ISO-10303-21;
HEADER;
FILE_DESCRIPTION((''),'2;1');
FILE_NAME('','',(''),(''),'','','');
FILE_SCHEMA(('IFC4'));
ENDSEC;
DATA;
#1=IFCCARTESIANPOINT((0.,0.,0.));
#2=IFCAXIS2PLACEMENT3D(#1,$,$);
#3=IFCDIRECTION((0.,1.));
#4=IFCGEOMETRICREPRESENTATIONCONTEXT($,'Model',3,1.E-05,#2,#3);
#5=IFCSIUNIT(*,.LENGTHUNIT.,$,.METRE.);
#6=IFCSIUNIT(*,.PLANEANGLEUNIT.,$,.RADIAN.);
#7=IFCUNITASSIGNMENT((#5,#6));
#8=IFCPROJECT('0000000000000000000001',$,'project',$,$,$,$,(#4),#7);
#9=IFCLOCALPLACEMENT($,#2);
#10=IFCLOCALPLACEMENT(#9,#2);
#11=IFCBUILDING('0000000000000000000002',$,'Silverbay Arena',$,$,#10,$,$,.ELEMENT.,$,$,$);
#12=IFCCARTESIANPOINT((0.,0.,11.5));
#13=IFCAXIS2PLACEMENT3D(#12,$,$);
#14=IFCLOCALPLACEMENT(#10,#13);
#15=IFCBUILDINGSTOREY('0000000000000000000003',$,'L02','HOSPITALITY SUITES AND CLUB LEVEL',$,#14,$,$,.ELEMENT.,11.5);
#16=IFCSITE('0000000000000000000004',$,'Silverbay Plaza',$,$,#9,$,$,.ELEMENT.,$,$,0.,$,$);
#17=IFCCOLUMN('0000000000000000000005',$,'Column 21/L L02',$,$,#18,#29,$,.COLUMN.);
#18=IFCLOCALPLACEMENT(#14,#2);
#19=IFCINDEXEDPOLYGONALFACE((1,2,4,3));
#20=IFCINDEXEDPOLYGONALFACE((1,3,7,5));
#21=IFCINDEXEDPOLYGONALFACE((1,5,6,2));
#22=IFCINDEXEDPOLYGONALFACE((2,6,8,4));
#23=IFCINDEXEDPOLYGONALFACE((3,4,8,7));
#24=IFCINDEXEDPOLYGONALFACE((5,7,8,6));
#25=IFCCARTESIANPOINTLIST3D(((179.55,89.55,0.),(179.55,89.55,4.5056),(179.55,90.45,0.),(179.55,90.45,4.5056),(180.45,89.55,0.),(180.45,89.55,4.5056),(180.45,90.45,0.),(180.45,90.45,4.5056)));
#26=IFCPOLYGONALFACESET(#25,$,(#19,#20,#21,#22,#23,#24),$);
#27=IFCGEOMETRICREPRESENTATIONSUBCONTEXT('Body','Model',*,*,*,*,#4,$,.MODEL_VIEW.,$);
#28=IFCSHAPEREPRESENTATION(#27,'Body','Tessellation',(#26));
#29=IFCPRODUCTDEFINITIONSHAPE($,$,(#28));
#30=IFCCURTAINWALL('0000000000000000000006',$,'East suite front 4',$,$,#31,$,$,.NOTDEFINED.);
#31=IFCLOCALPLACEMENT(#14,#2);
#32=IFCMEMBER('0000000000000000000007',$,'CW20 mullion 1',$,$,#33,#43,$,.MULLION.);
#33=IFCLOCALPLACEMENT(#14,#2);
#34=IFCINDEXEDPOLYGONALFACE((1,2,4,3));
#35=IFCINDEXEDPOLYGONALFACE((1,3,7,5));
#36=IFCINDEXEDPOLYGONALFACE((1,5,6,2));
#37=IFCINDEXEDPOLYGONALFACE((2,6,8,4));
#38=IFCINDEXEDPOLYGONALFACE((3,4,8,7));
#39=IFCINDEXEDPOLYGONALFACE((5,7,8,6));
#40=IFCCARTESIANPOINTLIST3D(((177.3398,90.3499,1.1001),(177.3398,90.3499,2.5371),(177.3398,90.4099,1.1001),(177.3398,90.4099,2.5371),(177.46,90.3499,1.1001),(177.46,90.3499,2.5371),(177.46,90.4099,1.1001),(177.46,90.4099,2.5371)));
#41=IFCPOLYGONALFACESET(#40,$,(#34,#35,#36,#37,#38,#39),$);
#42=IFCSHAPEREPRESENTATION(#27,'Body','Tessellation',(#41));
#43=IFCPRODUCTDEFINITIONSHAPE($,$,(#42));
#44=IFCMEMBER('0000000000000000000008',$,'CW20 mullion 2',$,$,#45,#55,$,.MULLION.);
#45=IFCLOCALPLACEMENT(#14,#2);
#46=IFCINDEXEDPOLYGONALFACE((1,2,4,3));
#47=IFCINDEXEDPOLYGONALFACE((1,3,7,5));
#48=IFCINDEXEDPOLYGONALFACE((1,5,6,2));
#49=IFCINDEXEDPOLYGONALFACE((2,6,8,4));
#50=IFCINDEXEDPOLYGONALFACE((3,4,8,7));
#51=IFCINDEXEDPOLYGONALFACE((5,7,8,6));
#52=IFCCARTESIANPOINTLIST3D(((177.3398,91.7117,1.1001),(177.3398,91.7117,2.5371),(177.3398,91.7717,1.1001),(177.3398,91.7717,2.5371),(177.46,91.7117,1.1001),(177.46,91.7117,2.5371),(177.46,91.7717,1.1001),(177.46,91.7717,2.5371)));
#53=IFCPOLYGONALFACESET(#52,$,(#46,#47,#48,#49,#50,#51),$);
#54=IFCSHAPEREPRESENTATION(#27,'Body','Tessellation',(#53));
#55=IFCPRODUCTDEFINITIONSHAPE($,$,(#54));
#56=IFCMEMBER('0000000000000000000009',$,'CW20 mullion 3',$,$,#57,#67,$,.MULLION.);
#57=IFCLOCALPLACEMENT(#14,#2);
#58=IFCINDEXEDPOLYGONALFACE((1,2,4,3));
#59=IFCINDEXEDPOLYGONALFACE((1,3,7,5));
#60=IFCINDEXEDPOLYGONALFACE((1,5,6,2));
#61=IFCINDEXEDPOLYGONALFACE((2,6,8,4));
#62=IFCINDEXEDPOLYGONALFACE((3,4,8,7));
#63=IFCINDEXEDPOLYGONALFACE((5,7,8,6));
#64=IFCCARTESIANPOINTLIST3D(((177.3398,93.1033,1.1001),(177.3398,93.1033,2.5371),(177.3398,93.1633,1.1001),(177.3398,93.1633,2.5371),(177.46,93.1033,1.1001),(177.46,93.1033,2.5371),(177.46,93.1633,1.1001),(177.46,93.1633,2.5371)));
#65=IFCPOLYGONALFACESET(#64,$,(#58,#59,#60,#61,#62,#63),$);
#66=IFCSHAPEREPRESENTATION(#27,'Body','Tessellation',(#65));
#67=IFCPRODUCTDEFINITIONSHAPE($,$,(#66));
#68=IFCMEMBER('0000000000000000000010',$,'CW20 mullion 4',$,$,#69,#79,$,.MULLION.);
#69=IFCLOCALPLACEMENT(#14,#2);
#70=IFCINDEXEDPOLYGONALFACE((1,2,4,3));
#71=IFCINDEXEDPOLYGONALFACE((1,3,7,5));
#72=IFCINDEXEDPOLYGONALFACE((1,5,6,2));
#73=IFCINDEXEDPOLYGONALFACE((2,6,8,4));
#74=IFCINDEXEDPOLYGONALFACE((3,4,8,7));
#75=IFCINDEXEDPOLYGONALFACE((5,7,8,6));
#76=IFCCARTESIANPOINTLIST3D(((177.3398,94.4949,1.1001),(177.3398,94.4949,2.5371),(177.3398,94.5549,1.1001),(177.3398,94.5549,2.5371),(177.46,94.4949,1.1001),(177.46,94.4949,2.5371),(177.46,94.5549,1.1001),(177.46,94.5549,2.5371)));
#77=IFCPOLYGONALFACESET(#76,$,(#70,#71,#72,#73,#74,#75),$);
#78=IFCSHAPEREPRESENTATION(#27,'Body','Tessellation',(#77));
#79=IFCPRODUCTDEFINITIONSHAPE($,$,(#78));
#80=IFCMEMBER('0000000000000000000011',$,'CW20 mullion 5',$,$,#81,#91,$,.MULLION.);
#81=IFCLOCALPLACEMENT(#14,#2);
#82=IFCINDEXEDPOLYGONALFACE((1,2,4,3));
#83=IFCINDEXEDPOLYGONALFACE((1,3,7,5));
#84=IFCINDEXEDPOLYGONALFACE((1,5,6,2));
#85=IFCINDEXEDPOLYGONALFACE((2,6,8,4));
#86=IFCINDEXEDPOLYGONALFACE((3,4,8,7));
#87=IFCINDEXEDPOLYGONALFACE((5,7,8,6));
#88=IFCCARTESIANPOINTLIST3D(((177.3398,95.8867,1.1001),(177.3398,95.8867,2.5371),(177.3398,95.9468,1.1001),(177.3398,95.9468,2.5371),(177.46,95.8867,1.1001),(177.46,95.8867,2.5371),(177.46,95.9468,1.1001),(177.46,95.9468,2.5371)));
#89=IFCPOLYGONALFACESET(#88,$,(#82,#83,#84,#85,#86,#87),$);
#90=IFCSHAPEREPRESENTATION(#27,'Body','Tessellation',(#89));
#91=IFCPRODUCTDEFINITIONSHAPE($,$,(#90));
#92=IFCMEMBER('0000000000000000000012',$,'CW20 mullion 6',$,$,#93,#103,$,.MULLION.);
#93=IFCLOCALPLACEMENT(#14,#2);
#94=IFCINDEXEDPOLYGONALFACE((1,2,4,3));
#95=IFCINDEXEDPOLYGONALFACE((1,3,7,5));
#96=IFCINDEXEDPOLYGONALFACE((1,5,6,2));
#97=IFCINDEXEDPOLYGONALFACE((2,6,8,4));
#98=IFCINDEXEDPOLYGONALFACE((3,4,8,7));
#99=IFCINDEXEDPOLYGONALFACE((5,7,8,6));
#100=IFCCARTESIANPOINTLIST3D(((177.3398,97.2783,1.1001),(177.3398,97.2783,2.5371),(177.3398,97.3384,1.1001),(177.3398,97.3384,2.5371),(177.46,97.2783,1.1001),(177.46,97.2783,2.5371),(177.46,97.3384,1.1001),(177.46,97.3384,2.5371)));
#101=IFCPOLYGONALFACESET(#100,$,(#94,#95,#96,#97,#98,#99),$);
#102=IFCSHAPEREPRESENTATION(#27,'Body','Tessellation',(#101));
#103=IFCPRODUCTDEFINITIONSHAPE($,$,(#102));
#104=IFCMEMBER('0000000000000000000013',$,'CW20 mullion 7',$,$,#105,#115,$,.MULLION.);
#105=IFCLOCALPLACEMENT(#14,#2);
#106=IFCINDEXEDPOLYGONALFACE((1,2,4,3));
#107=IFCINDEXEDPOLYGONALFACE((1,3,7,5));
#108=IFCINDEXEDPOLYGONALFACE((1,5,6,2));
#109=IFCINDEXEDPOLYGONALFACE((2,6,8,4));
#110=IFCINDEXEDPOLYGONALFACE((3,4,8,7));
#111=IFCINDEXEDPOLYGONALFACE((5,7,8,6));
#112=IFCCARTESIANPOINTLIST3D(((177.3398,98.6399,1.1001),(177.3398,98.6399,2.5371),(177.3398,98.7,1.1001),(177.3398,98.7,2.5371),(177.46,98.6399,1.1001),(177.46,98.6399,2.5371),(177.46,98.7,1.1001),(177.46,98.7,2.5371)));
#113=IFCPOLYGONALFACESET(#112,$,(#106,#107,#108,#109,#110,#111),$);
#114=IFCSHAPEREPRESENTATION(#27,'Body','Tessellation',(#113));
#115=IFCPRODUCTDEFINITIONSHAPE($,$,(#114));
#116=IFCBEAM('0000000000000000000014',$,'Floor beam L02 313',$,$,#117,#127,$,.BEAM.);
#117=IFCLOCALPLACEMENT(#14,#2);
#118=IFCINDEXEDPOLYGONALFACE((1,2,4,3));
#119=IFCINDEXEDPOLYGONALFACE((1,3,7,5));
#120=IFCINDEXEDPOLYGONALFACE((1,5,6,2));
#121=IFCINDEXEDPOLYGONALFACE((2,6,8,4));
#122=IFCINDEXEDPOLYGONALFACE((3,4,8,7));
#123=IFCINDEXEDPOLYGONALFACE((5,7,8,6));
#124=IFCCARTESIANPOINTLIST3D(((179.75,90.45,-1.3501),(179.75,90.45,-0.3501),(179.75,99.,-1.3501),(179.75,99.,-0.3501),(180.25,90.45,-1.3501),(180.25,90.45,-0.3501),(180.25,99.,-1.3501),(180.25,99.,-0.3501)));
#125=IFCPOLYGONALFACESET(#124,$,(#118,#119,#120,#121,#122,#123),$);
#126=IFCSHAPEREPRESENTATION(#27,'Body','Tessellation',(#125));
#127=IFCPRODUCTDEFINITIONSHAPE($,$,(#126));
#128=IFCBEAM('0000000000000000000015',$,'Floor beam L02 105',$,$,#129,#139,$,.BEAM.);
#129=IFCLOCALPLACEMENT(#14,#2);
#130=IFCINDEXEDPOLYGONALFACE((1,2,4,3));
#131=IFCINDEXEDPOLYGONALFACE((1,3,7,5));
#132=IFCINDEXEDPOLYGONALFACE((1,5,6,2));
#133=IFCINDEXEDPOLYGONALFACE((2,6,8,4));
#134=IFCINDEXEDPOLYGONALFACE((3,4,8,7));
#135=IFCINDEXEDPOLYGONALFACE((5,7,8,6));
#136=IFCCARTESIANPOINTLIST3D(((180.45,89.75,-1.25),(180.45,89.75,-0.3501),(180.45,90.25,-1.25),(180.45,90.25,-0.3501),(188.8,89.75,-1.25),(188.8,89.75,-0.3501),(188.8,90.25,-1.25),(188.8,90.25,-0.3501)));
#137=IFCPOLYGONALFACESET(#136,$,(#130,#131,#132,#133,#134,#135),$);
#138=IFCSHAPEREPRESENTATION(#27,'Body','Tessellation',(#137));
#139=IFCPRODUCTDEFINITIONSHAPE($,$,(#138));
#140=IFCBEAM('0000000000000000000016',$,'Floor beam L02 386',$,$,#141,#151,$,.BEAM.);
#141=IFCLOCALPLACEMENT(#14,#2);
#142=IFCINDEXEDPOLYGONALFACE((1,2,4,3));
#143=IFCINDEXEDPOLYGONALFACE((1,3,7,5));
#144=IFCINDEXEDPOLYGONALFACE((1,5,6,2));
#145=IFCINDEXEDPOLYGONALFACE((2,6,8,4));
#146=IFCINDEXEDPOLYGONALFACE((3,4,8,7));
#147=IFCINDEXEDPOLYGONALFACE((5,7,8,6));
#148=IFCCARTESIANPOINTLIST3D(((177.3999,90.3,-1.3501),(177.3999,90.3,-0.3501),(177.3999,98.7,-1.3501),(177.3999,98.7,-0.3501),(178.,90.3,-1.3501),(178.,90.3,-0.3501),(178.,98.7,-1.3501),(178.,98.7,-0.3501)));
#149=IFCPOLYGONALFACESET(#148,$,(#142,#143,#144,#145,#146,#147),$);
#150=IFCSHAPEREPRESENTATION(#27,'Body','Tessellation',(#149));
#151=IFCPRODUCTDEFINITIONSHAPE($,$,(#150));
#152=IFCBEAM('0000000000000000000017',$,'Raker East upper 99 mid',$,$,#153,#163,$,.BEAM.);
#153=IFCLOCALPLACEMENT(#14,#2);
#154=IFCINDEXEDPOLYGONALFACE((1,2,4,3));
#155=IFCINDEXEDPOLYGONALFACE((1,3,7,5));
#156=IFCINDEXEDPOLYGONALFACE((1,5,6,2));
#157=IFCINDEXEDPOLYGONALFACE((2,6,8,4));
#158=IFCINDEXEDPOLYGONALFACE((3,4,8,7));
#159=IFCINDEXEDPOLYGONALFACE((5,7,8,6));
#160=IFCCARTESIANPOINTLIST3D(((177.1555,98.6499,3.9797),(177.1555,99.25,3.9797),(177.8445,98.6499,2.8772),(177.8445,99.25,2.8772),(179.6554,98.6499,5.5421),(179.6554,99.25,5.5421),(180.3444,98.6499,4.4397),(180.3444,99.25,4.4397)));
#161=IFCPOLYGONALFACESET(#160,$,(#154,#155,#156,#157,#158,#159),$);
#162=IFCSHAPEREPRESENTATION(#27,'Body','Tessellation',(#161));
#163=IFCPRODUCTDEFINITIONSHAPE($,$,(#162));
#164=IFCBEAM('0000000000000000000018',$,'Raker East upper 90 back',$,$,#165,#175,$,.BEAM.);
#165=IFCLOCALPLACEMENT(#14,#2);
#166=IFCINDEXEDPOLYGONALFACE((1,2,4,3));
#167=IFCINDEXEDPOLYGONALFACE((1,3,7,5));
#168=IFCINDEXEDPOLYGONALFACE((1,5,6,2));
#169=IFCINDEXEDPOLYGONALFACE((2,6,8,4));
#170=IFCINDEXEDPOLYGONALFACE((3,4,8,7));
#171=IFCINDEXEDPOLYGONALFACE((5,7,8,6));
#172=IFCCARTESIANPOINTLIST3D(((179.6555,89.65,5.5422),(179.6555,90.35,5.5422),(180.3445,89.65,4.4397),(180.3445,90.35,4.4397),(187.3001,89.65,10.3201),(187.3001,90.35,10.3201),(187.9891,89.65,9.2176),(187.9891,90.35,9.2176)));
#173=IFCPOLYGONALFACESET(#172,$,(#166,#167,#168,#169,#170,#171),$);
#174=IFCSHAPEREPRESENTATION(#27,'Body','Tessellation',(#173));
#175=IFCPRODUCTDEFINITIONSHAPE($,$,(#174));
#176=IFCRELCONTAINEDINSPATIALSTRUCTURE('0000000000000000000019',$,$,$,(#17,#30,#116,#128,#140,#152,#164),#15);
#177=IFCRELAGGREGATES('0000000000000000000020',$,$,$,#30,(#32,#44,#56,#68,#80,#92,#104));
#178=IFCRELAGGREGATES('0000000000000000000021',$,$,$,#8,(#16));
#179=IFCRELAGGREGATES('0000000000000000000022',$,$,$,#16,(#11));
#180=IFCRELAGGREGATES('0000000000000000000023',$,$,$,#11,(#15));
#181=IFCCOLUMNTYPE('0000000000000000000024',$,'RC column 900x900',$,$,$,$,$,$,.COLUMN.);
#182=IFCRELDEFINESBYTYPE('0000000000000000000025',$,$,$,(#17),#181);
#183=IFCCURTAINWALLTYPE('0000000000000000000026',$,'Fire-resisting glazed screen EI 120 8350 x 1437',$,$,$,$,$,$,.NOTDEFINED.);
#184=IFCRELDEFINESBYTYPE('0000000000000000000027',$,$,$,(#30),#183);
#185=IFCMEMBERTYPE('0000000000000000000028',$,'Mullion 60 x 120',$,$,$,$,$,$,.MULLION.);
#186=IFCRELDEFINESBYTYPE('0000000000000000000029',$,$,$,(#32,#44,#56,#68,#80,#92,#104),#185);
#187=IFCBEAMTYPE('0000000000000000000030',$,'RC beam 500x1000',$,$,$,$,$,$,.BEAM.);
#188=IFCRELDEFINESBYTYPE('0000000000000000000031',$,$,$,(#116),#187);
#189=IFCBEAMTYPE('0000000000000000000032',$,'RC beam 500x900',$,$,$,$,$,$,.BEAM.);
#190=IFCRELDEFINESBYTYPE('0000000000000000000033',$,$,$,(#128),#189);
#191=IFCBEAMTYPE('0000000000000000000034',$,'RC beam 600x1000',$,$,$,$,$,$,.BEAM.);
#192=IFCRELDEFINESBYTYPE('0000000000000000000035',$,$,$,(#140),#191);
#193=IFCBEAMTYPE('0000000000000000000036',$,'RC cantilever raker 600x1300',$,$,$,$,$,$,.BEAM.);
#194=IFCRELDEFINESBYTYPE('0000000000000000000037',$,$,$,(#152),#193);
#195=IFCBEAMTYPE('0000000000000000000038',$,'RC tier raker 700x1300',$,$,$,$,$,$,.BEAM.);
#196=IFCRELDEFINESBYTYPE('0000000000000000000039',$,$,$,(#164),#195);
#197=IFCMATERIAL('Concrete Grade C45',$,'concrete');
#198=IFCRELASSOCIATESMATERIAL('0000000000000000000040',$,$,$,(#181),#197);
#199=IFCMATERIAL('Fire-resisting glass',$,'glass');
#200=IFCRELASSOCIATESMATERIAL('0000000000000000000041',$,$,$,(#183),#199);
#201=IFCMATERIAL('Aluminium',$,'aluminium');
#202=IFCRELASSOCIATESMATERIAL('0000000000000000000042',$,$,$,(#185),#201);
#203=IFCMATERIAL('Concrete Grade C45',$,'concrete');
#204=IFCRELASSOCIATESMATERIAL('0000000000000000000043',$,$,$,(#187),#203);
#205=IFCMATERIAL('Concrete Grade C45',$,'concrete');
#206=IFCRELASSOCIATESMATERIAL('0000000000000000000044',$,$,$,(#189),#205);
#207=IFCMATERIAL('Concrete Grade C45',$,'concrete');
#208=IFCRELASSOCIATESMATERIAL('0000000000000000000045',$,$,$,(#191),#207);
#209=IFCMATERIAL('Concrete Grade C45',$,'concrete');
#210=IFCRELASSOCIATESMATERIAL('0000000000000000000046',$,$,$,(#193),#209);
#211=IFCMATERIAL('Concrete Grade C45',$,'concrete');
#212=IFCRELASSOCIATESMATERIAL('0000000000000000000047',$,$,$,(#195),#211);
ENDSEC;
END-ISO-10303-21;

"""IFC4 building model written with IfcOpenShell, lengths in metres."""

from ifc_helpers import new_model, si_unit, direction, frame, origin, origin_2d, place, context, subcontext, project, spatial, rectangle, extrude, material, material_profile, profile_set, type_object, element, aggregate, save


model = new_model("IFC4")

# Units and contexts
model_context = context("Model", 3, precision=1e-05, world=origin(), true_north=direction((0.0, 1.0)))
body_context = subcontext(model_context, "Body", "Model", "MODEL_VIEW")
ifc_project = project(units=[si_unit("LENGTHUNIT", "METRE"), si_unit("PLANEANGLEUNIT", "RADIAN")], contexts=[model_context])

# Site, building, storey
site_placement = place(None, origin())
site = spatial("IfcSite", under=ifc_project, at=site_placement, Name="Silverbay Plaza", CompositionType="ELEMENT", RefElevation=0.0)
building_placement = place(site_placement, origin())
building = spatial("IfcBuilding", under=site, at=building_placement, Name="Silverbay Arena", CompositionType="ELEMENT")
storey_placement = place(building_placement, frame((0.0, 0.0, 11.5)))
storey = spatial("IfcBuildingStorey", under=building, at=storey_placement, Name="L02", Description="HOSPITALITY SUITES AND CLUB LEVEL", CompositionType="ELEMENT", Elevation=11.5)

# Column
ifc_material_1 = material(Name="Concrete Grade C45", Category="concrete")
ifc_material_profile_1 = material_profile(ifc_material_1, rectangle(XDim=0.8999, YDim=0.8999, at=origin_2d()), Name="RC 900x900")
ifc_profile_set_1 = profile_set([ifc_material_profile_1], Name="Concrete Grade C45")
column_type = type_object("IfcColumnType", Name="RC column 900x900", PredefinedType="COLUMN", material=ifc_profile_set_1)
column_placement = place(storey_placement, frame((180.0, 90.0, 0.0), z_axis=(0.0, 0.0, 1.0), x_axis=(1.0, 0.0, 0.0)))
element("IfcColumn", 1, at=column_placement, inside=storey, type_object=column_type, Name="Column 21/L L02", PredefinedType="COLUMN", context=body_context, shape_type="SweptSolid", body=[
    extrude(rectangle(XDim=0.8999, YDim=0.8999, at=origin_2d()), origin(), (0.0, 0.0, 1.0), 4.5056),
])

# Curtain wall, members
ifc_material_2 = material(Name="Fire-resisting glass", Category="glass")
curtain_wall_type = type_object("IfcCurtainWallType", Name="Fire-resisting glazed screen EI 120 8350 x 1437", PredefinedType="NOTDEFINED", material=ifc_material_2)
curtain_wall_placement = place(storey_placement, origin())
curtain_wall = element("IfcCurtainWall", 2, at=curtain_wall_placement, inside=storey, type_object=curtain_wall_type, Name="East suite front 4", PredefinedType="NOTDEFINED")
ifc_material_3 = material(Name="Aluminium", Category="aluminium")
ifc_material_profile_2 = material_profile(ifc_material_3, rectangle(XDim=0.1201, YDim=0.0601, at=origin_2d()), Name="Mullion 60 x 120")
ifc_profile_set_2 = profile_set([ifc_material_profile_2], Name="Aluminium")
member_type_1 = type_object("IfcMemberType", Name="Mullion 60 x 120", PredefinedType="MULLION", material=ifc_profile_set_2)
member_1_placement = place(storey_placement, frame((177.3999, 90.3799, 1.1001), z_axis=(0.0, 0.0, 1.0), x_axis=(-1.0, 0.0, 0.0)))
member_1 = element("IfcMember", 3, at=member_1_placement, type_object=member_type_1, Name="CW20 mullion 1", PredefinedType="MULLION", context=body_context, shape_type="SweptSolid", body=[
    extrude(rectangle(XDim=0.1201, YDim=0.0601, at=origin_2d()), origin(), (0.0, 0.0, 1.0), 1.437),
])
member_2_placement = place(storey_placement, frame((177.3999, 91.7417, 1.1001), z_axis=(0.0, 0.0, 1.0), x_axis=(-1.0, 0.0, 0.0)))
member_2 = element("IfcMember", 4, at=member_2_placement, type_object=member_type_1, Name="CW20 mullion 2", PredefinedType="MULLION", context=body_context, shape_type="SweptSolid", body=[
    extrude(rectangle(XDim=0.1201, YDim=0.0601, at=origin_2d()), origin(), (0.0, 0.0, 1.0), 1.437),
])
member_3_placement = place(storey_placement, frame((177.3999, 93.1333, 1.1001), z_axis=(0.0, 0.0, 1.0), x_axis=(-1.0, 0.0, 0.0)))
member_3 = element("IfcMember", 5, at=member_3_placement, type_object=member_type_1, Name="CW20 mullion 3", PredefinedType="MULLION", context=body_context, shape_type="SweptSolid", body=[
    extrude(rectangle(XDim=0.1201, YDim=0.0601, at=origin_2d()), origin(), (0.0, 0.0, 1.0), 1.437),
])
member_4_placement = place(storey_placement, frame((177.3999, 94.5249, 1.1001), z_axis=(0.0, 0.0, 1.0), x_axis=(-1.0, 0.0, 0.0)))
member_4 = element("IfcMember", 6, at=member_4_placement, type_object=member_type_1, Name="CW20 mullion 4", PredefinedType="MULLION", context=body_context, shape_type="SweptSolid", body=[
    extrude(rectangle(XDim=0.1201, YDim=0.0601, at=origin_2d()), origin(), (0.0, 0.0, 1.0), 1.437),
])
member_5_placement = place(storey_placement, frame((177.3999, 95.9167, 1.1001), z_axis=(0.0, 0.0, 1.0), x_axis=(-1.0, 0.0, 0.0)))
member_5 = element("IfcMember", 7, at=member_5_placement, type_object=member_type_1, Name="CW20 mullion 5", PredefinedType="MULLION", context=body_context, shape_type="SweptSolid", body=[
    extrude(rectangle(XDim=0.1201, YDim=0.0601, at=origin_2d()), origin(), (0.0, 0.0, 1.0), 1.437),
])
member_6_placement = place(storey_placement, frame((177.3999, 97.3083, 1.1001), z_axis=(0.0, 0.0, 1.0), x_axis=(-1.0, 0.0, 0.0)))
member_6 = element("IfcMember", 8, at=member_6_placement, type_object=member_type_1, Name="CW20 mullion 6", PredefinedType="MULLION", context=body_context, shape_type="SweptSolid", body=[
    extrude(rectangle(XDim=0.1201, YDim=0.0601, at=origin_2d()), origin(), (0.0, 0.0, 1.0), 1.437),
])
member_7_placement = place(storey_placement, frame((177.3999, 98.6699, 1.1001), z_axis=(0.0, 0.0, 1.0), x_axis=(-1.0, 0.0, 0.0)))
member_7 = element("IfcMember", 9, at=member_7_placement, type_object=member_type_1, Name="CW20 mullion 7", PredefinedType="MULLION", context=body_context, shape_type="SweptSolid", body=[
    extrude(rectangle(XDim=0.1201, YDim=0.0601, at=origin_2d()), origin(), (0.0, 0.0, 1.0), 1.437),
])

# Beams
ifc_material_4 = material(Name="Concrete Grade C45", Category="concrete")
ifc_material_profile_3 = material_profile(ifc_material_4, rectangle(XDim=0.5, YDim=1.0, at=origin_2d()), Name="RC 500x1000")
ifc_profile_set_3 = profile_set([ifc_material_profile_3], Name="Concrete Grade C45")
beam_type_1 = type_object("IfcBeamType", Name="RC beam 500x1000", PredefinedType="BEAM", material=ifc_profile_set_3)
beam_1_placement = place(storey_placement, frame((180.0, 90.45, -0.8501), z_axis=(0.0, 1.0, 0.0), x_axis=(-1.0, 0.0, 0.0)))
element("IfcBeam", 10, at=beam_1_placement, inside=storey, type_object=beam_type_1, Name="Floor beam L02 313", PredefinedType="BEAM", context=body_context, shape_type="SweptSolid", body=[
    extrude(rectangle(XDim=0.5, YDim=1.0, at=origin_2d()), origin(), (0.0, 0.0, 1.0), 8.55),
])
ifc_material_5 = material(Name="Concrete Grade C45", Category="concrete")
ifc_material_profile_4 = material_profile(ifc_material_5, rectangle(XDim=0.5, YDim=0.8999, at=origin_2d()), Name="RC 500x900")
ifc_profile_set_4 = profile_set([ifc_material_profile_4], Name="Concrete Grade C45")
beam_type_2 = type_object("IfcBeamType", Name="RC beam 500x900", PredefinedType="BEAM", material=ifc_profile_set_4)
beam_2_placement = place(storey_placement, frame((180.45, 90.0, -0.8), z_axis=(1.0, 0.0, 0.0), x_axis=(0.0, 1.0, 0.0)))
element("IfcBeam", 11, at=beam_2_placement, inside=storey, type_object=beam_type_2, Name="Floor beam L02 105", PredefinedType="BEAM", context=body_context, shape_type="SweptSolid", body=[
    extrude(rectangle(XDim=0.5, YDim=0.8999, at=origin_2d()), origin(), (0.0, 0.0, 1.0), 8.3501),
])
ifc_material_6 = material(Name="Concrete Grade C45", Category="concrete")
ifc_material_profile_5 = material_profile(ifc_material_6, rectangle(XDim=0.6001, YDim=1.0, at=origin_2d()), Name="RC 600x1000")
ifc_profile_set_5 = profile_set([ifc_material_profile_5], Name="Concrete Grade C45")
beam_type_3 = type_object("IfcBeamType", Name="RC beam 600x1000", PredefinedType="BEAM", material=ifc_profile_set_5)
beam_3_placement = place(storey_placement, frame((177.7, 90.3, -0.8501), z_axis=(0.0, 1.0, 0.0), x_axis=(-1.0, 0.0, 0.0)))
element("IfcBeam", 12, at=beam_3_placement, inside=storey, type_object=beam_type_3, Name="Floor beam L02 386", PredefinedType="BEAM", context=body_context, shape_type="SweptSolid", body=[
    extrude(rectangle(XDim=0.6001, YDim=1.0, at=origin_2d()), origin(), (0.0, 0.0, 1.0), 8.3999),
])
ifc_material_7 = material(Name="Concrete Grade C45", Category="concrete")
ifc_material_profile_6 = material_profile(ifc_material_7, rectangle(XDim=0.6001, YDim=1.3, at=origin_2d()), Name="RC 600x1300")
ifc_profile_set_6 = profile_set([ifc_material_profile_6], Name="Concrete Grade C45")
beam_type_4 = type_object("IfcBeamType", Name="RC cantilever raker 600x1300", PredefinedType="BEAM", material=ifc_profile_set_6)
beam_4_placement = place(storey_placement, frame((177.5, 98.95, 3.4285), z_axis=(0.847998, 0.0, 0.529999), x_axis=(0.0, 1.0, 0.0)))
element("IfcBeam", 13, at=beam_4_placement, inside=storey, type_object=beam_type_4, Name="Raker East upper 99 mid", PredefinedType="BEAM", context=body_context, shape_type="SweptSolid", body=[
    extrude(rectangle(XDim=0.6001, YDim=1.3, at=origin_2d()), origin(), (0.0, 0.0, 1.0), 2.948),
])
ifc_material_8 = material(Name="Concrete Grade C45", Category="concrete")
ifc_material_profile_7 = material_profile(ifc_material_8, rectangle(XDim=0.7, YDim=1.3, at=origin_2d()), Name="RC 700x1300")
ifc_profile_set_7 = profile_set([ifc_material_profile_7], Name="Concrete Grade C45")
beam_type_5 = type_object("IfcBeamType", Name="RC tier raker 700x1300", PredefinedType="BEAM", material=ifc_profile_set_7)
beam_5_placement = place(storey_placement, frame((180.0, 90.0, 4.991), z_axis=(0.847998, 0.0, 0.529999), x_axis=(0.0, 1.0, 0.0)))
element("IfcBeam", 14, at=beam_5_placement, inside=storey, type_object=beam_type_5, Name="Raker East upper 90 back", PredefinedType="BEAM", context=body_context, shape_type="SweptSolid", body=[
    extrude(rectangle(XDim=0.7, YDim=1.3, at=origin_2d()), origin(), (0.0, 0.0, 1.0), 9.0149),
])

aggregate(curtain_wall, [member_1, member_2, member_3, member_4, member_5, member_6, member_7])

save(model, "model.ifc")
